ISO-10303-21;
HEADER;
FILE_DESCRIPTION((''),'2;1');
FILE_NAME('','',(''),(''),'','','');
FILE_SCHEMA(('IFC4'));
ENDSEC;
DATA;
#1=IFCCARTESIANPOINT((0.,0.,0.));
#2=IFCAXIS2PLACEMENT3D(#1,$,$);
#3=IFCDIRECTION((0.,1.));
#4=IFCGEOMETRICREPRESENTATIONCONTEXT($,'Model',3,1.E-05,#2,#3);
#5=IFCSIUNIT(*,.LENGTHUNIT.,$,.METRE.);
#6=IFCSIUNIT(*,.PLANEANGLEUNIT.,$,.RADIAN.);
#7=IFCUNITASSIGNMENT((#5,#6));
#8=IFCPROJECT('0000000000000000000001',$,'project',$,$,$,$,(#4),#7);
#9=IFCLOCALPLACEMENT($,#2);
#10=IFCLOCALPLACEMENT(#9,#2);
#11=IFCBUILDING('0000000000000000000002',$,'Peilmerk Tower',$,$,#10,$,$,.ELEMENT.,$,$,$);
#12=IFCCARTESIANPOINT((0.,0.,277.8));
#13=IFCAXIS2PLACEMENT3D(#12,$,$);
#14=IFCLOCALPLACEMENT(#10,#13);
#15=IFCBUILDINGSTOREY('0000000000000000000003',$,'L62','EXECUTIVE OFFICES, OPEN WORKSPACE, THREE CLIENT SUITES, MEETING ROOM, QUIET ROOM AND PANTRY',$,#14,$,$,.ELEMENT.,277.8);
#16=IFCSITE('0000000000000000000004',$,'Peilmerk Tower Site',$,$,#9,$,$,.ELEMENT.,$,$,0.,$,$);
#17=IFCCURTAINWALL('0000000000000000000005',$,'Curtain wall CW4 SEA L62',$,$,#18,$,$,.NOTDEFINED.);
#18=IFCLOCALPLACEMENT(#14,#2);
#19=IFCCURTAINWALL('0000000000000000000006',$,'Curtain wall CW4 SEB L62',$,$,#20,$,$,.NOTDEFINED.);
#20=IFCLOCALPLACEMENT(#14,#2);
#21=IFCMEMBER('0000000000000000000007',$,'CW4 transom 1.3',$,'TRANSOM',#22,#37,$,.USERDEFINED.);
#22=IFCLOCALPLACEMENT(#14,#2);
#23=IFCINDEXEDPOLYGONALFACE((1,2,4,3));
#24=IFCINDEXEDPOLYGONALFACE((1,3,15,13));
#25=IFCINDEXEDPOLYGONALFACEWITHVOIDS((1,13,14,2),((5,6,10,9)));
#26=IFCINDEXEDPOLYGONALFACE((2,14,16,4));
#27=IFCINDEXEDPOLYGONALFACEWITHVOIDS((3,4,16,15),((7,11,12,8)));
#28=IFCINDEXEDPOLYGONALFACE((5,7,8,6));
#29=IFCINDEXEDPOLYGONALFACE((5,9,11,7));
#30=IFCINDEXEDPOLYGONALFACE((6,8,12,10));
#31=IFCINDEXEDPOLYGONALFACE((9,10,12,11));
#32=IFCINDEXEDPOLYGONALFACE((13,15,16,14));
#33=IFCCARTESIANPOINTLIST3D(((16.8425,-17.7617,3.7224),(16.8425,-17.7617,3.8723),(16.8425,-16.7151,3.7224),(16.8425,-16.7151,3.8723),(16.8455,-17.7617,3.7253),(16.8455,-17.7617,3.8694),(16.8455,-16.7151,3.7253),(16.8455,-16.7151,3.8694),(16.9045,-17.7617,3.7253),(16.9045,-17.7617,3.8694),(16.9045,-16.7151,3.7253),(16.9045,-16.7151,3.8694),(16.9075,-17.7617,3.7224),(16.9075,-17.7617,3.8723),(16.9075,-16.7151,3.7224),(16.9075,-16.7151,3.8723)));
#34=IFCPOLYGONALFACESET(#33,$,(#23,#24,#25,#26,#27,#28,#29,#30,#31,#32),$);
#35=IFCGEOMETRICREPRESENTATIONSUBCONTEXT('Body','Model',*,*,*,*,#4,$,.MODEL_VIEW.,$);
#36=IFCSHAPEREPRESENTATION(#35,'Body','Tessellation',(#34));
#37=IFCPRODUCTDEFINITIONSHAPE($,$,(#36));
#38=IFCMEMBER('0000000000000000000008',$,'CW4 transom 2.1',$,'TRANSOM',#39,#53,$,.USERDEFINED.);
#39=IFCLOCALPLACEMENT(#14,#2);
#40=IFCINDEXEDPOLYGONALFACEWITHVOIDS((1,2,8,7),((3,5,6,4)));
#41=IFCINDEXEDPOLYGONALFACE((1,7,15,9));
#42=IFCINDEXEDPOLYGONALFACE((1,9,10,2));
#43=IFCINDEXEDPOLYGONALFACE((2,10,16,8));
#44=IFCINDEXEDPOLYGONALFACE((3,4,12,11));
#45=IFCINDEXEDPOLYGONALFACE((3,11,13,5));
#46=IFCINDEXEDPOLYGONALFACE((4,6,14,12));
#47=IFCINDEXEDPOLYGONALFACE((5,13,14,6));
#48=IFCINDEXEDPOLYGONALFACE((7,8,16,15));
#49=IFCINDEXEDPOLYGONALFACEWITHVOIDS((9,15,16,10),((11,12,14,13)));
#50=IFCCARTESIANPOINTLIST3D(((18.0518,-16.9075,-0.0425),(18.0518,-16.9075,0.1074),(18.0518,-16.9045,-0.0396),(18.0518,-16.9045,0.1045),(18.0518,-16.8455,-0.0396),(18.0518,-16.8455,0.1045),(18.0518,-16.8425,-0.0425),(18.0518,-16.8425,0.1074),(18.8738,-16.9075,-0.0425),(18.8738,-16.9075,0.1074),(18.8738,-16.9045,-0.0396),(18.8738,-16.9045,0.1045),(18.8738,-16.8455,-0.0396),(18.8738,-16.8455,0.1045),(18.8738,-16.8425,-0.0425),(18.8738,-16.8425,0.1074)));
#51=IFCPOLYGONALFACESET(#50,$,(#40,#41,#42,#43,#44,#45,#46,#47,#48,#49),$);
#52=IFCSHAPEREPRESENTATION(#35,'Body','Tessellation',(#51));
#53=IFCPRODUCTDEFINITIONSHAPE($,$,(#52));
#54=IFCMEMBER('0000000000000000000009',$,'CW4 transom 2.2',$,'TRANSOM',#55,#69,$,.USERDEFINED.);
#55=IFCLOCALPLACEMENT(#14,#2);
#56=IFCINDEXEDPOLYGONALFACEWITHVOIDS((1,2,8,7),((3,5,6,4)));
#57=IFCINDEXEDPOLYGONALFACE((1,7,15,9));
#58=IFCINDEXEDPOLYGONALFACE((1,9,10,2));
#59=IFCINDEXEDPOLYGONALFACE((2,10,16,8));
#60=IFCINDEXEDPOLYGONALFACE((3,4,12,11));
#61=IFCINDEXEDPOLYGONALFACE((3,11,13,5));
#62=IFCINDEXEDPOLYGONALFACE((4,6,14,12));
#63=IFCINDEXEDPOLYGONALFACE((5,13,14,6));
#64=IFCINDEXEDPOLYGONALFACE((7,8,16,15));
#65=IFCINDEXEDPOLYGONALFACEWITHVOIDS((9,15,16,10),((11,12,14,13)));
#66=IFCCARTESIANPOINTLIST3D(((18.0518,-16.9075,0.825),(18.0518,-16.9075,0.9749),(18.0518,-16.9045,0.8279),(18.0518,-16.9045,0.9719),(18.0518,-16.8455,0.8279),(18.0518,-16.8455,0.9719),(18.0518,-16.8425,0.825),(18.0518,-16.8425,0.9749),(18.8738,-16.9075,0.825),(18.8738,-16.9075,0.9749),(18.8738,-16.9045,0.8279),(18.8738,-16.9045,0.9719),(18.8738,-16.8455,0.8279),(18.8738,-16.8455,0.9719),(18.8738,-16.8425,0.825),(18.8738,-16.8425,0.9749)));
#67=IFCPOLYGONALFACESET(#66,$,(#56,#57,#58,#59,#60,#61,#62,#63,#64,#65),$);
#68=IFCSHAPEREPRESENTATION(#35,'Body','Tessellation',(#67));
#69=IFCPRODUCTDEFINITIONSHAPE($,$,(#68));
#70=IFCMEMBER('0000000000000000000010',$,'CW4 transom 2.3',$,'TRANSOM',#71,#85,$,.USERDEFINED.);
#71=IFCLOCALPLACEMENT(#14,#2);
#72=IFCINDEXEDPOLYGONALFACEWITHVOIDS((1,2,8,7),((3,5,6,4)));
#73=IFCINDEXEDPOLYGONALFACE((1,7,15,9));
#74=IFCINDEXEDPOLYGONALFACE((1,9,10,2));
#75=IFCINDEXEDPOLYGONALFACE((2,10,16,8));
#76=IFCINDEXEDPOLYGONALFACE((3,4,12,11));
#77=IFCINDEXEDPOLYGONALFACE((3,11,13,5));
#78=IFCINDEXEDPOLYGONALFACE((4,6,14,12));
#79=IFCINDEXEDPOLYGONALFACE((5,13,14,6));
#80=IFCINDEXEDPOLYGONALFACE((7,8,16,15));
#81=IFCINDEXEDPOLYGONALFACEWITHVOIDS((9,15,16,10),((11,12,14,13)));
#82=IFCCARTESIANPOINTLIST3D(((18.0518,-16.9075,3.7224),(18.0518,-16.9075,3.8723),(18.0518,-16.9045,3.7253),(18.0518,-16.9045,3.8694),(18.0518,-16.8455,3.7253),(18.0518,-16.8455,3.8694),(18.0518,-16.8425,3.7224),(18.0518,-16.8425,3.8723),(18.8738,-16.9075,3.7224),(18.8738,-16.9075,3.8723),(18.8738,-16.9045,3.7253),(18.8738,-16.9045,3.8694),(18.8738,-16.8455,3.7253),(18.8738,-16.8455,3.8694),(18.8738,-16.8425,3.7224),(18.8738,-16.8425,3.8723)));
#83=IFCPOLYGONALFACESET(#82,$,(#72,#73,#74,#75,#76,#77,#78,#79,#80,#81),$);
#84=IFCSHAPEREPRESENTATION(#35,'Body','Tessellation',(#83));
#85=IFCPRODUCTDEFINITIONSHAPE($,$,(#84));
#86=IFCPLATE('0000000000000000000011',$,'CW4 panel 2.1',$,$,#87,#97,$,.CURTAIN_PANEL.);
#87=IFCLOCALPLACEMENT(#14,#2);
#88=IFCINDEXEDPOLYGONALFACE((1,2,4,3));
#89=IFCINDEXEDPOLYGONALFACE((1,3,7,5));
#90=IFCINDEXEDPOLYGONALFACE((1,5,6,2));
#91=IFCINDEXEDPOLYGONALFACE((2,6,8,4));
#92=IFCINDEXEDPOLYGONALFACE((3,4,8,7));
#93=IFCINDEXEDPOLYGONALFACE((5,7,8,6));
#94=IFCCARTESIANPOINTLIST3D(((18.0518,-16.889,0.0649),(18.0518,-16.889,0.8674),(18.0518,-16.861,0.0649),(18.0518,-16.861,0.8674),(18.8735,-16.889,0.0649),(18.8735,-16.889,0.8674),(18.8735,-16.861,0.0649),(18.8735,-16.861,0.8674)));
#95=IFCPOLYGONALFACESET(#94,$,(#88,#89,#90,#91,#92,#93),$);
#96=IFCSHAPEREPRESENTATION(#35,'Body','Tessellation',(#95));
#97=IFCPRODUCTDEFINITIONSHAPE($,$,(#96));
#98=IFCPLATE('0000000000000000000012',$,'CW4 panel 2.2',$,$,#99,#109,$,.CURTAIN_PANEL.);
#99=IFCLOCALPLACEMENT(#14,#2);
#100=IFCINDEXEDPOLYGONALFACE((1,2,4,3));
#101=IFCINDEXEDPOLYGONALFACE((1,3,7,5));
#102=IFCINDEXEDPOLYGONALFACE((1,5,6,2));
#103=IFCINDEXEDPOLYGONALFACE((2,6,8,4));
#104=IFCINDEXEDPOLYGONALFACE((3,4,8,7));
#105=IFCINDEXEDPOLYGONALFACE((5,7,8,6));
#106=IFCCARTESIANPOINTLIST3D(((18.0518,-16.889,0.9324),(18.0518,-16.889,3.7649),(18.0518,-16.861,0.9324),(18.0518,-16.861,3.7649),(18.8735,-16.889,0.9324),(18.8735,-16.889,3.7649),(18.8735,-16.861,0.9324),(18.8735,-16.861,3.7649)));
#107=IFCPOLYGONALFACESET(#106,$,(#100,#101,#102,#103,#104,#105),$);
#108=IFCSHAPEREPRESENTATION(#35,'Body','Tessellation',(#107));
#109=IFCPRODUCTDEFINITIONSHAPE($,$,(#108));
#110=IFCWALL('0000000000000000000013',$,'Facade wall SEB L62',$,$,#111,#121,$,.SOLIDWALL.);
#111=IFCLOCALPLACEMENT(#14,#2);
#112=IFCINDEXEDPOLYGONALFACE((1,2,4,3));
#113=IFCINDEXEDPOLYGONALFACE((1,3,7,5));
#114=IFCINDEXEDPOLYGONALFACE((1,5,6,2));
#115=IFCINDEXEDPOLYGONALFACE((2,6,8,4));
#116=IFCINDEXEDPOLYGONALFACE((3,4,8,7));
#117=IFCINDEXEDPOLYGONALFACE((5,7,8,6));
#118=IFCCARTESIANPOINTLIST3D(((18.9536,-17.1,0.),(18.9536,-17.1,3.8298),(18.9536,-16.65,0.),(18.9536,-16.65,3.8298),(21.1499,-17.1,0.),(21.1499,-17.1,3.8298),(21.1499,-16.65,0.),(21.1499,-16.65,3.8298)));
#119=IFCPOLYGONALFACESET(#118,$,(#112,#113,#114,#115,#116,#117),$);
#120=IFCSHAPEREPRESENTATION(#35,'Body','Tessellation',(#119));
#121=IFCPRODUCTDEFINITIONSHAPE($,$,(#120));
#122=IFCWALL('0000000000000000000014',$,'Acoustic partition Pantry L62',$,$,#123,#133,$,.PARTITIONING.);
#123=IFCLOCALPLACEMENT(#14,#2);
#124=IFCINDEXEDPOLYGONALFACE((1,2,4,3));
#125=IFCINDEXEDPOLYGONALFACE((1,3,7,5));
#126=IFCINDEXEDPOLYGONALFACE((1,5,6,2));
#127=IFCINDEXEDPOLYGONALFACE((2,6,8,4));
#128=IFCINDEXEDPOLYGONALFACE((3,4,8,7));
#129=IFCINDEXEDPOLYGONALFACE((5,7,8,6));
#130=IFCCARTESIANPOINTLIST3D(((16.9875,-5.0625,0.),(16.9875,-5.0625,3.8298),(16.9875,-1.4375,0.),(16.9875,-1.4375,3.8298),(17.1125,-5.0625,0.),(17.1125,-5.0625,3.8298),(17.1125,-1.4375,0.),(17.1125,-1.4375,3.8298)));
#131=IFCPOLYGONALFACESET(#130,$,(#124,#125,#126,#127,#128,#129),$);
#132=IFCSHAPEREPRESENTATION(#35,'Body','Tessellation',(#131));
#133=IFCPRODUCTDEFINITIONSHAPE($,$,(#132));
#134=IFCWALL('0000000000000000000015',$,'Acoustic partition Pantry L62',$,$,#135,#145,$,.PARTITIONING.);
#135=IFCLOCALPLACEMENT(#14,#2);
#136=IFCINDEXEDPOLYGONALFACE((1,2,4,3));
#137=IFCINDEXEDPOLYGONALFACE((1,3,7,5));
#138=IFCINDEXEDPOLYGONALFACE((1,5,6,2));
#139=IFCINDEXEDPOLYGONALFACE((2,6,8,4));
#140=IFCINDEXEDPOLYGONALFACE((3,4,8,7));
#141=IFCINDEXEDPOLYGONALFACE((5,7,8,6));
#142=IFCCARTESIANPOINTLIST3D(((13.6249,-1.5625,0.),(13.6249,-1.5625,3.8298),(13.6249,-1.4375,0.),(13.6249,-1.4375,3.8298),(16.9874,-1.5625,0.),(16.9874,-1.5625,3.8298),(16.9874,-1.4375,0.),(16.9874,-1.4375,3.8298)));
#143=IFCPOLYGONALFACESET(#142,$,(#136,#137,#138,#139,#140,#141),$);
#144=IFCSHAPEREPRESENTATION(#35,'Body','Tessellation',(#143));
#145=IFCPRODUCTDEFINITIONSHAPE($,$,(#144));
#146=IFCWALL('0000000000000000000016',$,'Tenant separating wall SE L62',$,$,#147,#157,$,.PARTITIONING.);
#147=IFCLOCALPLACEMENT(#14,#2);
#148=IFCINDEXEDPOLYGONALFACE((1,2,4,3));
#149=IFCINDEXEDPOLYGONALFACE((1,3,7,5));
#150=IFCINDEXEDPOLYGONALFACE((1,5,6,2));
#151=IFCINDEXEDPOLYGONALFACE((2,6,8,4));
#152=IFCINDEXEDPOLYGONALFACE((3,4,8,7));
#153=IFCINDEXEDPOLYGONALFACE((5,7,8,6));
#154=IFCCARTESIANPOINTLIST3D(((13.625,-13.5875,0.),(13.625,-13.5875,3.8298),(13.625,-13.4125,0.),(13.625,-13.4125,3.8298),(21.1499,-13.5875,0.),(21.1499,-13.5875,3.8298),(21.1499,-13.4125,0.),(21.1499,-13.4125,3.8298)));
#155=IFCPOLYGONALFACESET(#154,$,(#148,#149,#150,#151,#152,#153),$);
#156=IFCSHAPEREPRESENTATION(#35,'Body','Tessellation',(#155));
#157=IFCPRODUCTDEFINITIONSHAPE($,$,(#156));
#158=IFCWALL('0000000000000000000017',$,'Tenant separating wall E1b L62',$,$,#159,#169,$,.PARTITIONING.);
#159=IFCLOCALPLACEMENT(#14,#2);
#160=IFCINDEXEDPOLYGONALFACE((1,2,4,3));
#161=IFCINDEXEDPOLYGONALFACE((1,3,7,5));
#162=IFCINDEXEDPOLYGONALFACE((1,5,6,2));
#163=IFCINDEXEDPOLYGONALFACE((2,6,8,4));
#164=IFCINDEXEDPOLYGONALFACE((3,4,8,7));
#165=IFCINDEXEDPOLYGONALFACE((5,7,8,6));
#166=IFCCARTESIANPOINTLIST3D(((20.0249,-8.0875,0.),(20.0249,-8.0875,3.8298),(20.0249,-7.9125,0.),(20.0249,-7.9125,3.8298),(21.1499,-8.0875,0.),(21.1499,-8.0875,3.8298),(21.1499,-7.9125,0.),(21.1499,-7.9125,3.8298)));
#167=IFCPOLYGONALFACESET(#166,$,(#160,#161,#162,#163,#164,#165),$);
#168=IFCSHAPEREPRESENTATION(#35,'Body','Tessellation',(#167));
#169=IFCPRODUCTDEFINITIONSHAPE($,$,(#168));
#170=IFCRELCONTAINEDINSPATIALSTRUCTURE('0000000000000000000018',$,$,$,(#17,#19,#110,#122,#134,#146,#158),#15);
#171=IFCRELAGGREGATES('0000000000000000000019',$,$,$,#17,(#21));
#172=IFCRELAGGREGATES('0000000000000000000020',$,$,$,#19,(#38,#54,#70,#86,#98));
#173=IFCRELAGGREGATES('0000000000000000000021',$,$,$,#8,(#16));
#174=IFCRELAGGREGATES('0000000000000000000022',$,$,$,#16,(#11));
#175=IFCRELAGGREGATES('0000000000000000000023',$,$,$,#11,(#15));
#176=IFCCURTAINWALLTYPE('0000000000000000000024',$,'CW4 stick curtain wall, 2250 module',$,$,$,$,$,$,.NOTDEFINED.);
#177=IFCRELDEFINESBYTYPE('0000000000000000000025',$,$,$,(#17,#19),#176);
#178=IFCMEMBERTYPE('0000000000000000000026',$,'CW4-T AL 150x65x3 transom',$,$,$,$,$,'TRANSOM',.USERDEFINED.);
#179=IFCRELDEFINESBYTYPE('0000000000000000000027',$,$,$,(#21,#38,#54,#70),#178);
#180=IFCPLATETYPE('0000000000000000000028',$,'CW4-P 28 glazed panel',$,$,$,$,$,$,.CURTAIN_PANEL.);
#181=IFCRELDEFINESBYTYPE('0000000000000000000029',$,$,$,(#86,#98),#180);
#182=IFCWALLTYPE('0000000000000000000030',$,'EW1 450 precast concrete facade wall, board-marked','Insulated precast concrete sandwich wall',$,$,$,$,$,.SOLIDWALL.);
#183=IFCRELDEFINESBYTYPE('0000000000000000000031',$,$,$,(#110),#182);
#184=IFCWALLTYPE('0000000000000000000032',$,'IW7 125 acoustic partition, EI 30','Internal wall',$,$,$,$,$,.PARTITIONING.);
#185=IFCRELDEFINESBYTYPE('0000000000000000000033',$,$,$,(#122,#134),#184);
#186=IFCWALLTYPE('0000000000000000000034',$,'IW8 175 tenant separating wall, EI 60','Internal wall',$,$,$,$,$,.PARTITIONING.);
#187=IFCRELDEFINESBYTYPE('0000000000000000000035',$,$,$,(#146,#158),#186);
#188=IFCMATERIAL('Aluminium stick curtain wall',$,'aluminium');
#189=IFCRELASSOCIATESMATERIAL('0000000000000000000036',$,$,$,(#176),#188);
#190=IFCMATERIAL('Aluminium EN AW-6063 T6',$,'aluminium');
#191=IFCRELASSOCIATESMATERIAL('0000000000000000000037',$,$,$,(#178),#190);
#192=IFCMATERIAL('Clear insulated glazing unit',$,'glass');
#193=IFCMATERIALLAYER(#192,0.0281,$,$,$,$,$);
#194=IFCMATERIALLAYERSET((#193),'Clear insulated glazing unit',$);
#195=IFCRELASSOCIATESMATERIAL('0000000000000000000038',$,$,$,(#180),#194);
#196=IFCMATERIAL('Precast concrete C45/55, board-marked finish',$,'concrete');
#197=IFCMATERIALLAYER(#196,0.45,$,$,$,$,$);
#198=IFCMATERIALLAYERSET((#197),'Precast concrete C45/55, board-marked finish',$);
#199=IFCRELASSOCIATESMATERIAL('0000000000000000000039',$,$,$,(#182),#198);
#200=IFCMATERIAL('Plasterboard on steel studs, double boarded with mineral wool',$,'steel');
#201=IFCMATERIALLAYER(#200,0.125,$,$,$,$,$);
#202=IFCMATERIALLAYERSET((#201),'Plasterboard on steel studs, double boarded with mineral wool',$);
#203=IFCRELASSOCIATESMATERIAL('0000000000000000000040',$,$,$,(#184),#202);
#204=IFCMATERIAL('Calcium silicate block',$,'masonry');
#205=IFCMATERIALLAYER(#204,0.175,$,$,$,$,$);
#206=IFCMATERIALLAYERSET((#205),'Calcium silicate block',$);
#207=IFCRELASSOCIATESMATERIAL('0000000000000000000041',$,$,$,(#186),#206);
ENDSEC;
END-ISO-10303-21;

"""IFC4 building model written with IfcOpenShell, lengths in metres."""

from ifc_helpers import new_model, si_unit, direction, frame, frame_2d, origin, origin_2d, place, context, subcontext, project, spatial, rectangle, hollow_rectangle, extrude, material, layer, layer_set, material_profile, profile_set, type_object, element, aggregate, save


model = new_model("IFC4")

# Units and contexts
model_context = context("Model", 3, precision=1e-05, world=origin(), true_north=direction((0.0, 1.0)))
body_context = subcontext(model_context, "Body", "Model", "MODEL_VIEW")
ifc_project = project(units=[si_unit("LENGTHUNIT", "METRE"), si_unit("PLANEANGLEUNIT", "RADIAN")], contexts=[model_context])

# Site, building, storey
site_placement = place(None, origin())
site = spatial("IfcSite", under=ifc_project, at=site_placement, Name="Peilmerk Tower Site", CompositionType="ELEMENT", RefElevation=0.0)
building_placement = place(site_placement, origin())
building = spatial("IfcBuilding", under=site, at=building_placement, Name="Peilmerk Tower", CompositionType="ELEMENT")
storey_placement = place(building_placement, frame((0.0, 0.0, 277.8)))
storey = spatial("IfcBuildingStorey", under=building, at=storey_placement, Name="L62", Description="EXECUTIVE OFFICES, OPEN WORKSPACE, THREE CLIENT SUITES, MEETING ROOM, QUIET ROOM AND PANTRY", CompositionType="ELEMENT", Elevation=277.8)

# Curtain walls
ifc_material_1 = material(Name="Aluminium stick curtain wall", Category="aluminium")
curtain_wall_type = type_object("IfcCurtainWallType", Name="CW4 stick curtain wall, 2250 module", PredefinedType="NOTDEFINED", material=ifc_material_1)
curtain_wall_1_placement = place(storey_placement, origin())
curtain_wall_1 = element("IfcCurtainWall", 1, at=curtain_wall_1_placement, inside=storey, type_object=curtain_wall_type, Name="Curtain wall CW4 SEA L62", PredefinedType="NOTDEFINED")
ifc_material_2 = material(Name="Aluminium EN AW-6063 T6", Category="aluminium")
curtain_wall_2_placement = place(storey_placement, origin())
curtain_wall_2 = element("IfcCurtainWall", 2, at=curtain_wall_2_placement, inside=storey, type_object=curtain_wall_type, Name="Curtain wall CW4 SEB L62", PredefinedType="NOTDEFINED")

# Members
ifc_material_profile_1 = material_profile(ifc_material_2, hollow_rectangle(XDim=0.0649, YDim=0.1499, WallThickness=0.0029, at=origin_2d()), Name="AL 150x65x3")
ifc_profile_set_1 = profile_set([ifc_material_profile_1], Name="Aluminium EN AW-6063 T6")
member_type_1 = type_object("IfcMemberType", Name="CW4-T AL 150x65x3 transom", ElementType="TRANSOM", PredefinedType="USERDEFINED", material=ifc_profile_set_1)
member_1_placement = place(storey_placement, frame((16.875, -16.7151, 3.7974), z_axis=(0.0, -1.0, 0.0), x_axis=(1.0, 0.0, 0.0)))
member_1 = element("IfcMember", 3, at=member_1_placement, type_object=member_type_1, Name="CW4 transom 1.3", ObjectType="TRANSOM", PredefinedType="USERDEFINED", context=body_context, shape_type="SweptSolid", body=[
    extrude(hollow_rectangle(XDim=0.0649, YDim=0.1499, WallThickness=0.0029, at=origin_2d()), origin(), (0.0, 0.0, 1.0), 1.0466),
])
aggregate(curtain_wall_1, [member_1])
member_2_placement = place(storey_placement, frame((18.0518, -16.875, 0.0325), z_axis=(1.0, 0.0, 0.0), x_axis=(0.0, 1.0, 0.0)))
member_2 = element("IfcMember", 4, at=member_2_placement, type_object=member_type_1, Name="CW4 transom 2.1", ObjectType="TRANSOM", PredefinedType="USERDEFINED", context=body_context, shape_type="SweptSolid", body=[
    extrude(hollow_rectangle(XDim=0.0649, YDim=0.1499, WallThickness=0.0029, at=origin_2d()), origin(), (0.0, 0.0, 1.0), 0.822),
])
member_3_placement = place(storey_placement, frame((18.0518, -16.875, 0.8999), z_axis=(1.0, 0.0, 0.0), x_axis=(0.0, 1.0, 0.0)))
member_3 = element("IfcMember", 5, at=member_3_placement, type_object=member_type_1, Name="CW4 transom 2.2", ObjectType="TRANSOM", PredefinedType="USERDEFINED", context=body_context, shape_type="SweptSolid", body=[
    extrude(hollow_rectangle(XDim=0.0649, YDim=0.1499, WallThickness=0.0029, at=origin_2d()), origin(), (0.0, 0.0, 1.0), 0.822),
])
member_4_placement = place(storey_placement, frame((18.0518, -16.875, 3.7974), z_axis=(1.0, 0.0, 0.0), x_axis=(0.0, 1.0, 0.0)))
member_4 = element("IfcMember", 6, at=member_4_placement, type_object=member_type_1, Name="CW4 transom 2.3", ObjectType="TRANSOM", PredefinedType="USERDEFINED", context=body_context, shape_type="SweptSolid", body=[
    extrude(hollow_rectangle(XDim=0.0649, YDim=0.1499, WallThickness=0.0029, at=origin_2d()), origin(), (0.0, 0.0, 1.0), 0.822),
])

# Plates
ifc_material_3 = material(Name="Clear insulated glazing unit", Category="glass")
ifc_layer_1 = layer(ifc_material_3, 0.0281)
ifc_layer_set_1 = layer_set([ifc_layer_1], Name="Clear insulated glazing unit")
plate_type = type_object("IfcPlateType", Name="CW4-P 28 glazed panel", PredefinedType="CURTAIN_PANEL", material=ifc_layer_set_1)
plate_1_placement = place(storey_placement, frame((18.4626, -16.875, 0.0649), z_axis=(0.0, 0.0, 1.0), x_axis=(1.0, 0.0, 0.0)))
plate_1 = element("IfcPlate", 7, at=plate_1_placement, type_object=plate_type, Name="CW4 panel 2.1", PredefinedType="CURTAIN_PANEL", context=body_context, shape_type="SweptSolid", body=[
    extrude(rectangle(XDim=0.8218, YDim=0.0281, at=origin_2d()), origin(), (0.0, 0.0, 1.0), 0.8025),
])
plate_2_placement = place(storey_placement, frame((18.4626, -16.875, 0.9324), z_axis=(0.0, 0.0, 1.0), x_axis=(1.0, 0.0, 0.0)))
plate_2 = element("IfcPlate", 8, at=plate_2_placement, type_object=plate_type, Name="CW4 panel 2.2", PredefinedType="CURTAIN_PANEL", context=body_context, shape_type="SweptSolid", body=[
    extrude(rectangle(XDim=0.8218, YDim=0.0281, at=origin_2d()), origin(), (0.0, 0.0, 1.0), 2.8325),
])
aggregate(curtain_wall_2, [member_2, member_3, member_4, plate_1, plate_2])

# Walls
ifc_material_4 = material(Name="Precast concrete C45/55, board-marked finish", Category="concrete")
ifc_layer_2 = layer(ifc_material_4, 0.45)
ifc_layer_set_2 = layer_set([ifc_layer_2], Name="Precast concrete C45/55, board-marked finish")
wall_type_1 = type_object("IfcWallType", Name="EW1 450 precast concrete facade wall, board-marked", Description="Insulated precast concrete sandwich wall", PredefinedType="SOLIDWALL", material=ifc_layer_set_2)
wall_1_placement = place(storey_placement, frame((18.9536, -16.875, 0.0), z_axis=(0.0, 0.0, 1.0), x_axis=(1.0, 0.0, 0.0)))
element("IfcWall", 9, at=wall_1_placement, inside=storey, type_object=wall_type_1, Name="Facade wall SEB L62", PredefinedType="SOLIDWALL", context=body_context, shape_type="SweptSolid", body=[
    extrude(rectangle(XDim=2.1963, YDim=0.45, at=frame_2d((1.0981, 0.0))), origin(), (0.0, 0.0, 1.0), 3.8298),
])
ifc_material_5 = material(Name="Plasterboard on steel studs, double boarded with mineral wool", Category="steel")
ifc_layer_3 = layer(ifc_material_5, 0.125)
ifc_layer_set_3 = layer_set([ifc_layer_3], Name="Plasterboard on steel studs, double boarded with mineral wool")
wall_type_2 = type_object("IfcWallType", Name="IW7 125 acoustic partition, EI 30", Description="Internal wall", PredefinedType="PARTITIONING", material=ifc_layer_set_3)
wall_2_placement = place(storey_placement, frame((17.05, -5.0625, 0.0), z_axis=(0.0, 0.0, 1.0), x_axis=(0.0, 1.0, 0.0)))
element("IfcWall", 10, at=wall_2_placement, inside=storey, type_object=wall_type_2, Name="Acoustic partition Pantry L62", PredefinedType="PARTITIONING", context=body_context, shape_type="SweptSolid", body=[
    extrude(rectangle(XDim=3.625, YDim=0.125, at=frame_2d((1.8125, 0.0))), origin(), (0.0, 0.0, 1.0), 3.8298),
])
wall_3_placement = place(storey_placement, frame((13.625, -1.5, 0.0), z_axis=(0.0, 0.0, 1.0), x_axis=(1.0, 0.0, 0.0)))
element("IfcWall", 11, at=wall_3_placement, inside=storey, type_object=wall_type_2, Name="Acoustic partition Pantry L62", PredefinedType="PARTITIONING", context=body_context, shape_type="SweptSolid", body=[
    extrude(rectangle(XDim=3.3625, YDim=0.125, at=frame_2d((1.6812, 0.0))), origin(), (0.0, 0.0, 1.0), 3.8298),
])
ifc_material_6 = material(Name="Calcium silicate block", Category="masonry")
ifc_layer_4 = layer(ifc_material_6, 0.175)
ifc_layer_set_4 = layer_set([ifc_layer_4], Name="Calcium silicate block")
wall_type_3 = type_object("IfcWallType", Name="IW8 175 tenant separating wall, EI 60", Description="Internal wall", PredefinedType="PARTITIONING", material=ifc_layer_set_4)
wall_4_placement = place(storey_placement, frame((21.1499, -13.5, 0.0), z_axis=(0.0, 0.0, 1.0), x_axis=(-1.0, 0.0, 0.0)))
element("IfcWall", 12, at=wall_4_placement, inside=storey, type_object=wall_type_3, Name="Tenant separating wall SE L62", PredefinedType="PARTITIONING", context=body_context, shape_type="SweptSolid", body=[
    extrude(rectangle(XDim=7.5249, YDim=0.175, at=frame_2d((3.7625, 0.0))), origin(), (0.0, 0.0, 1.0), 3.8298),
])
wall_5_placement = place(storey_placement, frame((20.0249, -8.0, 0.0), z_axis=(0.0, 0.0, 1.0), x_axis=(1.0, 0.0, 0.0)))
element("IfcWall", 13, at=wall_5_placement, inside=storey, type_object=wall_type_3, Name="Tenant separating wall E1b L62", PredefinedType="PARTITIONING", context=body_context, shape_type="SweptSolid", body=[
    extrude(rectangle(XDim=1.125, YDim=0.175, at=frame_2d((0.5625, 0.0))), origin(), (0.0, 0.0, 1.0), 3.8298),
])

save(model, "model.ifc")
